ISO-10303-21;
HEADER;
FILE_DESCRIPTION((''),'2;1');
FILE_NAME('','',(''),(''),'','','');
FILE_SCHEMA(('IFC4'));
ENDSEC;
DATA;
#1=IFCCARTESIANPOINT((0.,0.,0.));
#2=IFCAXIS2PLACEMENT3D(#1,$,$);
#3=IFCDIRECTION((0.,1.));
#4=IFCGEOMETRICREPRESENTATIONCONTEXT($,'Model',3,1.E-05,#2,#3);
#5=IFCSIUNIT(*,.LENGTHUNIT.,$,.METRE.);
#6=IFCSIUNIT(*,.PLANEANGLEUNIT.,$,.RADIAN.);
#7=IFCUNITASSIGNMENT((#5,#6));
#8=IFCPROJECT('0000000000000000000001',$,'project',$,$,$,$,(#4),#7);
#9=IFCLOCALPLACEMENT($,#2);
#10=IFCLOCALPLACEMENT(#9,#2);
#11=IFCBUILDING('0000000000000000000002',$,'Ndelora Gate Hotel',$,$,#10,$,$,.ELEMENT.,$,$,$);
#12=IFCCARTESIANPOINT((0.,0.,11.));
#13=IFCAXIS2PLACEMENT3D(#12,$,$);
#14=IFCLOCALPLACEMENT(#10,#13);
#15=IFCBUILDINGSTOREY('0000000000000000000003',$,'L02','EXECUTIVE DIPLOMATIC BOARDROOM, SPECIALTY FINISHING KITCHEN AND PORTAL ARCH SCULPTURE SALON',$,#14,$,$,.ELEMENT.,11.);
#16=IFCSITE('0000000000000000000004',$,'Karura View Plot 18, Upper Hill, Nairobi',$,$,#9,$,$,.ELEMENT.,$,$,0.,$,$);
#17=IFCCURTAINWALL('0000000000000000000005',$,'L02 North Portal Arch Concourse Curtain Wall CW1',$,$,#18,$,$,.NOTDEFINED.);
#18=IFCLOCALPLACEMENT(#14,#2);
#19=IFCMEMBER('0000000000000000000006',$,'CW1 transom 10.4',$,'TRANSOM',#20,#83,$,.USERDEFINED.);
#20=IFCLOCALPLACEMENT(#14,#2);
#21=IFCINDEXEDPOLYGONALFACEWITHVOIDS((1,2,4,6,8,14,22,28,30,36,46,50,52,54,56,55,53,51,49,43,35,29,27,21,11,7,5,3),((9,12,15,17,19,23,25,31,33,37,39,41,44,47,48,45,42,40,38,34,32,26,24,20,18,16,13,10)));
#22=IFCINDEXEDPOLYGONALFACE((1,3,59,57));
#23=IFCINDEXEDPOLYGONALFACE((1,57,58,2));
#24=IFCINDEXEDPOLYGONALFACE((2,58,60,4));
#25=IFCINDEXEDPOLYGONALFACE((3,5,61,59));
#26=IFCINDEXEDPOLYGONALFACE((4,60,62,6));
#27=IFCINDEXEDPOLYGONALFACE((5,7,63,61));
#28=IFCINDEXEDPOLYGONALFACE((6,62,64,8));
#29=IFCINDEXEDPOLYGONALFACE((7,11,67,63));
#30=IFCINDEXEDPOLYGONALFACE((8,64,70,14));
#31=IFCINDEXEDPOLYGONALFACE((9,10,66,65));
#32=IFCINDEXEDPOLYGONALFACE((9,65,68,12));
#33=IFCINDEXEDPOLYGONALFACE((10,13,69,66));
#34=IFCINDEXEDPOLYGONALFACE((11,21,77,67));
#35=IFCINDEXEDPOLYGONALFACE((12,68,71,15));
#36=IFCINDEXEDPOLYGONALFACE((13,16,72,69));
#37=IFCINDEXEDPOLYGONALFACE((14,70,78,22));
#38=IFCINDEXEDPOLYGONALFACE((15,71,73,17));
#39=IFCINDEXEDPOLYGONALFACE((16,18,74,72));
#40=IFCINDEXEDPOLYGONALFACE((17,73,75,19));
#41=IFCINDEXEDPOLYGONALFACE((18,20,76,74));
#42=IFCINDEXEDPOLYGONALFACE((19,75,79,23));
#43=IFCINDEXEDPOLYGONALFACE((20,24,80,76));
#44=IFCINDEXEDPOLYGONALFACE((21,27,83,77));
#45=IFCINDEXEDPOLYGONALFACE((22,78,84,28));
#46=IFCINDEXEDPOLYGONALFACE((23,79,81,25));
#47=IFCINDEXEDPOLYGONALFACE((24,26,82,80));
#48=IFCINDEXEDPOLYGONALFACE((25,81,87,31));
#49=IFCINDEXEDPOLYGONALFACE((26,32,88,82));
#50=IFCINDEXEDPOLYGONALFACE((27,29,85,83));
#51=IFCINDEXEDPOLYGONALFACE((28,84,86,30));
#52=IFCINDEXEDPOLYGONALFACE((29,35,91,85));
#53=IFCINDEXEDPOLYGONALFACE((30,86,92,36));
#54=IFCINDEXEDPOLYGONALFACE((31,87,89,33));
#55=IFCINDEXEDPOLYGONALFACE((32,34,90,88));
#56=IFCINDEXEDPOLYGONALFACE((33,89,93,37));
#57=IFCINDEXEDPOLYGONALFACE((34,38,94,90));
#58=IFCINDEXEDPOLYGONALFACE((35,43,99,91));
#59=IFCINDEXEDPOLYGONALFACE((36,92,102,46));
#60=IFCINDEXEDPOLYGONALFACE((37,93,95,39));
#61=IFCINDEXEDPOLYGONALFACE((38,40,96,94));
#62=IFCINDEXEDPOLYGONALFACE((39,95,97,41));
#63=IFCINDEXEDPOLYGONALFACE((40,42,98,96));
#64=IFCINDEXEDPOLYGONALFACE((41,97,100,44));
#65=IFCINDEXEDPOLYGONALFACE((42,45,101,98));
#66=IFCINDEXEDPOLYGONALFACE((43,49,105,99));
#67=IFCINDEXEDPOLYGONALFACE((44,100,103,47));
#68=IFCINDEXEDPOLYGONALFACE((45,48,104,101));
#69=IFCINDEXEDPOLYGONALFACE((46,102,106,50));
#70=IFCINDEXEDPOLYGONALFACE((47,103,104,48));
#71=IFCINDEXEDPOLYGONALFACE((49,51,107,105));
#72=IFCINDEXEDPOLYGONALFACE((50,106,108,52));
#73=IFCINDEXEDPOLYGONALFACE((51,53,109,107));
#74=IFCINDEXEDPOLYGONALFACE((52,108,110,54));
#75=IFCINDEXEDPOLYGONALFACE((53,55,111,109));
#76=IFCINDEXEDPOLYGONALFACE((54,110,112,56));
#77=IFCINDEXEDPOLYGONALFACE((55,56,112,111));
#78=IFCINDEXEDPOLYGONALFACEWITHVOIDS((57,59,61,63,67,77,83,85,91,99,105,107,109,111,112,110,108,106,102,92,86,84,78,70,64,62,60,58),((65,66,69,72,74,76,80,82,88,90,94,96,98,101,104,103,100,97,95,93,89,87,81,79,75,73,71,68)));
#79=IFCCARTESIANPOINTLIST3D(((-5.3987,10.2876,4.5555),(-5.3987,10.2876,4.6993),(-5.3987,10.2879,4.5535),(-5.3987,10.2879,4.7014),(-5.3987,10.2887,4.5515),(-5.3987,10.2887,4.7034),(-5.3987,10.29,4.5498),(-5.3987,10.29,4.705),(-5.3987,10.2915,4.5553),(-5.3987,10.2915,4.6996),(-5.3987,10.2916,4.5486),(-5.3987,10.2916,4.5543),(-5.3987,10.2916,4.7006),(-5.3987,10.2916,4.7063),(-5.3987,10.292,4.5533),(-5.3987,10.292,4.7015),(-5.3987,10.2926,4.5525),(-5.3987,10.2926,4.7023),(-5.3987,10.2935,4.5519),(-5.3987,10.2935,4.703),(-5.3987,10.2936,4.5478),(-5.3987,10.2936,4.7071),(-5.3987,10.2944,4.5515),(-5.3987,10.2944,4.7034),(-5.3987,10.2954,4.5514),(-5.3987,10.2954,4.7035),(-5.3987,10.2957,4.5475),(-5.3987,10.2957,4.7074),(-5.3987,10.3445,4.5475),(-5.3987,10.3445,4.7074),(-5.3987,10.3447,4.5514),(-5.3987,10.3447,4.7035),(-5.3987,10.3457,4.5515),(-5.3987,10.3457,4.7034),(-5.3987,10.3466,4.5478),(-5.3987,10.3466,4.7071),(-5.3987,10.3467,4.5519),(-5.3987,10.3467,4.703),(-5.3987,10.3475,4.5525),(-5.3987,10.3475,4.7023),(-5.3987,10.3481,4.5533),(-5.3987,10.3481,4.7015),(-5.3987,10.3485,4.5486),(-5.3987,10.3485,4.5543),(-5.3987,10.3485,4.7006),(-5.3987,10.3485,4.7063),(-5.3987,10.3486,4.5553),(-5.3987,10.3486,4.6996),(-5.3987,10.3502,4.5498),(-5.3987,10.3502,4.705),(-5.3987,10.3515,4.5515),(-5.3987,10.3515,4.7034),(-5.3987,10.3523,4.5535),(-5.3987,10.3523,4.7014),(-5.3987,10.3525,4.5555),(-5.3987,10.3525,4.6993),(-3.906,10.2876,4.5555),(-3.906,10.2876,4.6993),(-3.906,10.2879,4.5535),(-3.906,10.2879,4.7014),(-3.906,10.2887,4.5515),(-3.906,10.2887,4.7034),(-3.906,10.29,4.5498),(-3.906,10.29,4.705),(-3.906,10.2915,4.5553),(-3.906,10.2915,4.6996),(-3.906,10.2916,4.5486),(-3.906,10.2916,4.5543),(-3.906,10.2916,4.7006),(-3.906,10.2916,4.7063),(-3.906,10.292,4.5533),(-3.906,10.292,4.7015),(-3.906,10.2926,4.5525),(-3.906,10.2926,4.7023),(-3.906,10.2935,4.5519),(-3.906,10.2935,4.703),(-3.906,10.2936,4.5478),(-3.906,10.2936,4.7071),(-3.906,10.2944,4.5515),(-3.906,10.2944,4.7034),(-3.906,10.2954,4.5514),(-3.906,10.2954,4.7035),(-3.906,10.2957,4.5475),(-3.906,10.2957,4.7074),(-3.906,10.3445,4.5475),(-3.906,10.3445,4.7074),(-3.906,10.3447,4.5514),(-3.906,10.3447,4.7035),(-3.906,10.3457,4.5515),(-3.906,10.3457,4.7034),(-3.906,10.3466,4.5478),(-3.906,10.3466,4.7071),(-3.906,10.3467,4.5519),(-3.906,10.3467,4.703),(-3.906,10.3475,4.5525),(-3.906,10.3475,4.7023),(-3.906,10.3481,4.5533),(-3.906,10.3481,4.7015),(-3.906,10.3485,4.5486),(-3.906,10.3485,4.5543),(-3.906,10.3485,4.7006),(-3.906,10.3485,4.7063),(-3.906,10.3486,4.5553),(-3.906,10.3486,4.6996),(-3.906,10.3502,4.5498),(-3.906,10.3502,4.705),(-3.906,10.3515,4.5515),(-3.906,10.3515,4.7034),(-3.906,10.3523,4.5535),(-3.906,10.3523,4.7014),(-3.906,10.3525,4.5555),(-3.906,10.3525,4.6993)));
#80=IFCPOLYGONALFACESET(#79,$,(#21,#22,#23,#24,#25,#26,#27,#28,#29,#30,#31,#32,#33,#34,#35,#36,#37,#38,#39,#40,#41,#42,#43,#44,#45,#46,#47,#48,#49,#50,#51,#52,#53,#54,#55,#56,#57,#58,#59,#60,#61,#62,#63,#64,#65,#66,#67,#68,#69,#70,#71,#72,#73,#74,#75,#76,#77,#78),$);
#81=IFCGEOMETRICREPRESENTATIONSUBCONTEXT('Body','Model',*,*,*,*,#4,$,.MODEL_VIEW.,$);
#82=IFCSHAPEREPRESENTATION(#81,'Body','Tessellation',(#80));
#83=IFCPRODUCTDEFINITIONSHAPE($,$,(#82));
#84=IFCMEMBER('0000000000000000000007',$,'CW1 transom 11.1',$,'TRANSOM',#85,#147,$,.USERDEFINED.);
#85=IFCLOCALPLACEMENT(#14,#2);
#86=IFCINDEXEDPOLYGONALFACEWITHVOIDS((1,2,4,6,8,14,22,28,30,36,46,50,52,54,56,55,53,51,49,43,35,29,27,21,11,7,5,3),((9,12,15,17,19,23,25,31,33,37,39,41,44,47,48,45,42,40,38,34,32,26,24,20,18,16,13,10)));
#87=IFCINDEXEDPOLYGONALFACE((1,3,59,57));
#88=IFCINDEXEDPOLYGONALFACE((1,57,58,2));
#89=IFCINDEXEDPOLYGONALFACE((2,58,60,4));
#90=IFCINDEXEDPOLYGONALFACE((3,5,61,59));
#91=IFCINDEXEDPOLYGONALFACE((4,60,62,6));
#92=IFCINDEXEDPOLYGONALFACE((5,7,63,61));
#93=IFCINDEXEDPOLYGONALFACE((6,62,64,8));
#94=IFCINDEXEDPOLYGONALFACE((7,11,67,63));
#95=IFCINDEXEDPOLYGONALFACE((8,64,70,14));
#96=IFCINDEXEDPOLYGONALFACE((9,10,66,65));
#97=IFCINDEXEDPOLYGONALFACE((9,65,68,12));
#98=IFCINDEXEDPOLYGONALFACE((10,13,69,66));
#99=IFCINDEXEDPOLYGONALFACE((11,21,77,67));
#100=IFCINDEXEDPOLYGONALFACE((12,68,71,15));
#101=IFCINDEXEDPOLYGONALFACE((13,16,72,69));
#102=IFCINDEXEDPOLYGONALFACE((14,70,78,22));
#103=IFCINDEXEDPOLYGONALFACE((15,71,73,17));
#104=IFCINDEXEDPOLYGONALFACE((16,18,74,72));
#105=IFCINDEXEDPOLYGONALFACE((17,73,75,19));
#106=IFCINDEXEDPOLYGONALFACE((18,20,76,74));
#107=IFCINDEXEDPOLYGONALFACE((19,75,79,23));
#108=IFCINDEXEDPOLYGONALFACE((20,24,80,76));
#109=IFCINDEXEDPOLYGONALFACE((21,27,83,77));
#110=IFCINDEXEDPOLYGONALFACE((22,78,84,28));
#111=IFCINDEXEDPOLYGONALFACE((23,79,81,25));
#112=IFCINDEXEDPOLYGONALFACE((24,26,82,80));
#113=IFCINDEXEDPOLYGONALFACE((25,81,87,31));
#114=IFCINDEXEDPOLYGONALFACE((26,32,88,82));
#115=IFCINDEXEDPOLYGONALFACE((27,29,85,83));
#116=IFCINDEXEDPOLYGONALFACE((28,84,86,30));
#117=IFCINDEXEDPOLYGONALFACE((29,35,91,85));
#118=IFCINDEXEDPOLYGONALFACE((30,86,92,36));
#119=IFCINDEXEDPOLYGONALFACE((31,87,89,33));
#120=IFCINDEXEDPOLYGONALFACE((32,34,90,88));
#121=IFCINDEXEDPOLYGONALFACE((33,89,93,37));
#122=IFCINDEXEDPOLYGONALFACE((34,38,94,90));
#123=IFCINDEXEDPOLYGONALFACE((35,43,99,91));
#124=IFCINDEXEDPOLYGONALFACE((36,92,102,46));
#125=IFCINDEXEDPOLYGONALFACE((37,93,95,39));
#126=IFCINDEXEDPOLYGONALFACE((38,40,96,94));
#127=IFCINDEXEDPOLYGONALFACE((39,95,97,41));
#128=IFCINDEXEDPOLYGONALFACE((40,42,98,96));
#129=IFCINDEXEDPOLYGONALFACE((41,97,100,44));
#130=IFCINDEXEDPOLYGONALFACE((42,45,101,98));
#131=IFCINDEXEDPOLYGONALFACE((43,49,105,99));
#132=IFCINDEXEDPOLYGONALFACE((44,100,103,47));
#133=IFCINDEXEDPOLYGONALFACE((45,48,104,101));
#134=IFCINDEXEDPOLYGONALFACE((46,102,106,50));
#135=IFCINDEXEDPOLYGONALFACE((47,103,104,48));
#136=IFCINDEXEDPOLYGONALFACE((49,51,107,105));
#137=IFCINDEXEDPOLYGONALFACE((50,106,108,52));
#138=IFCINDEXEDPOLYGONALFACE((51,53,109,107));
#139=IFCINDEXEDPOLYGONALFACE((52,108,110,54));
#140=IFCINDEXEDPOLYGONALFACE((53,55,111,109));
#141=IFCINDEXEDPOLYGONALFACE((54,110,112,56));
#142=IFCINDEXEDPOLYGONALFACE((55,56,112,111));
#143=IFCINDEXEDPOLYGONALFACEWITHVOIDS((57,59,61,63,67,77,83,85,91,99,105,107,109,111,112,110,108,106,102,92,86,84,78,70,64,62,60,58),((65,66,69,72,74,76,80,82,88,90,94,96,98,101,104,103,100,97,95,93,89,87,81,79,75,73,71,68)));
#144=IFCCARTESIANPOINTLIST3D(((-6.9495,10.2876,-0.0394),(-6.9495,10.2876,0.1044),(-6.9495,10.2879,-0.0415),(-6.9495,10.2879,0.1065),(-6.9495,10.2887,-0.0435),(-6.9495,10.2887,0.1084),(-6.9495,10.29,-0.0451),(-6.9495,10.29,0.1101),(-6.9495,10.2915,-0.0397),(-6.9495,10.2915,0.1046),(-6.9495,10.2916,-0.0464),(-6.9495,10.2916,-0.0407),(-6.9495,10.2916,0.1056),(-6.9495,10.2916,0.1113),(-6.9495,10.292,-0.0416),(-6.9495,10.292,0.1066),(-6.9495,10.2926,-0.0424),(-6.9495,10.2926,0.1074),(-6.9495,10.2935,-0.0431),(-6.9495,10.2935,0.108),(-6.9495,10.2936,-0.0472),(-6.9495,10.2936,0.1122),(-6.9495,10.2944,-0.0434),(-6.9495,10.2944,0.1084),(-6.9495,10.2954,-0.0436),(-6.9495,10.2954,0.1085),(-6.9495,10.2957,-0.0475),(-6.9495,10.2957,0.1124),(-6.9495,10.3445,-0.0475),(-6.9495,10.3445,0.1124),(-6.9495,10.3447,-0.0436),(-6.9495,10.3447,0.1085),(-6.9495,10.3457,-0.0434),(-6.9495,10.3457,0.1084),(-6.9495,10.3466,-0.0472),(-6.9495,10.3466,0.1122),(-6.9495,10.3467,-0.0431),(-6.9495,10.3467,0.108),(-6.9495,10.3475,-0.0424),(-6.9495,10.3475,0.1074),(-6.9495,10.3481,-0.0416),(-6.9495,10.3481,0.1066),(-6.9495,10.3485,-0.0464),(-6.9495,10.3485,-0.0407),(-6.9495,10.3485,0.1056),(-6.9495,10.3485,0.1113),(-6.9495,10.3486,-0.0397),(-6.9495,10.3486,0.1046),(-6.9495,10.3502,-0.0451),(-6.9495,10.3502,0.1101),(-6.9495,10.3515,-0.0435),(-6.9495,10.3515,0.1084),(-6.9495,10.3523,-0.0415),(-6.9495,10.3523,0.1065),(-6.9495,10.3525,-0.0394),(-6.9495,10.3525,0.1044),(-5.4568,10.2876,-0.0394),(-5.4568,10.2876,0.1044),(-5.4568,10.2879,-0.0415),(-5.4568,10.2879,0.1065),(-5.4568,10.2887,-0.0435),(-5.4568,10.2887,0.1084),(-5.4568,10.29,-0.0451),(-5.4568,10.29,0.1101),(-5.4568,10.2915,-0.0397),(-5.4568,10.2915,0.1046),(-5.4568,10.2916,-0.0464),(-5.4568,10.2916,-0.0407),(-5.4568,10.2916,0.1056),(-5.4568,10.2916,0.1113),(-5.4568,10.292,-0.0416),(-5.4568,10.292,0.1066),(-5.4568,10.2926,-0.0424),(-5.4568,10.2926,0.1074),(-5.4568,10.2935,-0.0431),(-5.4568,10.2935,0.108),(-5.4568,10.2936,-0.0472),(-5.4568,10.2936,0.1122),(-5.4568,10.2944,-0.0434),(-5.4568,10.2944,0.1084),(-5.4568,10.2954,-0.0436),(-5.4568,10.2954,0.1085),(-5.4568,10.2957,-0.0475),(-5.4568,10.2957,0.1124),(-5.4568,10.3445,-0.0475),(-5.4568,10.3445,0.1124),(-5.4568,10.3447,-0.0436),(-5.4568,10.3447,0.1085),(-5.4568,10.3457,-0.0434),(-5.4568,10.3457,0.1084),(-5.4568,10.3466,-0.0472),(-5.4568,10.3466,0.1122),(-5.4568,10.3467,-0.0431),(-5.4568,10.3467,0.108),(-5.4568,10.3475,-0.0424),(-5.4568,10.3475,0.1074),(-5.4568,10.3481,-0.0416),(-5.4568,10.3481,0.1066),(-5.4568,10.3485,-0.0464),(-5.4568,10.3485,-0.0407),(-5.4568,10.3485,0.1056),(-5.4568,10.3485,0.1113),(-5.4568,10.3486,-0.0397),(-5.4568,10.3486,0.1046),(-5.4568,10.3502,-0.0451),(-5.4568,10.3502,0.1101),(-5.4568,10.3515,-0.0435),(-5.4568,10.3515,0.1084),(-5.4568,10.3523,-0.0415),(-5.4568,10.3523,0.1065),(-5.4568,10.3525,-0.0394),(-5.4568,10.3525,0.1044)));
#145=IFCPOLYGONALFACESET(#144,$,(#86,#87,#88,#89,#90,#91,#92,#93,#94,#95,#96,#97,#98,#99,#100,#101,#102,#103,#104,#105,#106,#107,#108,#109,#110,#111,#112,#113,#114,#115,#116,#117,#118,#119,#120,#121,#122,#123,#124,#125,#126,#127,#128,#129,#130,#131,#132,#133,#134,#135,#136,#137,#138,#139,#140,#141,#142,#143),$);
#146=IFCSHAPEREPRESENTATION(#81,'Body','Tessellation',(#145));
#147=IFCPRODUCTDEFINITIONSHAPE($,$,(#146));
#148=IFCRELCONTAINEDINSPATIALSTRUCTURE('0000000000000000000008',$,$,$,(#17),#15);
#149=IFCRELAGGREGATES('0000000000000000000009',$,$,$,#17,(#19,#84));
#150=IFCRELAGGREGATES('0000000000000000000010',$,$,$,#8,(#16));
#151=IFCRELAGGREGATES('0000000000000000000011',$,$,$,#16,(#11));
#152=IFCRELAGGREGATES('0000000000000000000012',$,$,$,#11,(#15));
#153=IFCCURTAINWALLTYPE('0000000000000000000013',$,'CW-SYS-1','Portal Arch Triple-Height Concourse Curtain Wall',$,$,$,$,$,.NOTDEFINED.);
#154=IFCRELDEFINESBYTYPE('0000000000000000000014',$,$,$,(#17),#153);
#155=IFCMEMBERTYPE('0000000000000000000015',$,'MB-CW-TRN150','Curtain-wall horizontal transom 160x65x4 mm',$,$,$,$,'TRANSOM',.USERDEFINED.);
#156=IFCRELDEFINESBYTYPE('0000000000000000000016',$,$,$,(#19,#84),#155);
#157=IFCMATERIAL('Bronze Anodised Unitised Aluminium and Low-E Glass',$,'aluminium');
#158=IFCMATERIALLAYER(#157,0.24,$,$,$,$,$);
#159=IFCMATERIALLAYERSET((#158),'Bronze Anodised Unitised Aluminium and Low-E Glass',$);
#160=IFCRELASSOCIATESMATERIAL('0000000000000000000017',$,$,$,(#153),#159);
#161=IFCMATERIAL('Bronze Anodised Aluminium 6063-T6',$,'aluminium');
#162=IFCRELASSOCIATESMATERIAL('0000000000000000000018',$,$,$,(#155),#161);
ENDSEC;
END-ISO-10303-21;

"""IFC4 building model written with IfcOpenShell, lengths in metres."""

from ifc_helpers import new_model, si_unit, direction, frame, origin, origin_2d, place, context, subcontext, project, spatial, hollow_rectangle, extrude, material, layer, layer_set, material_profile, profile_set, type_object, element, aggregate, save


model = new_model("IFC4")

# Units and contexts
model_context = context("Model", 3, precision=1e-05, world=origin(), true_north=direction((0.0, 1.0)))
body_context = subcontext(model_context, "Body", "Model", "MODEL_VIEW")
ifc_project = project(units=[si_unit("LENGTHUNIT", "METRE"), si_unit("PLANEANGLEUNIT", "RADIAN")], contexts=[model_context])

# Site, building, storey
site_placement = place(None, origin())
site = spatial("IfcSite", under=ifc_project, at=site_placement, Name="Karura View Plot 18, Upper Hill, Nairobi", CompositionType="ELEMENT", RefElevation=0.0)
building_placement = place(site_placement, origin())
building = spatial("IfcBuilding", under=site, at=building_placement, Name="Ndelora Gate Hotel", CompositionType="ELEMENT")
storey_placement = place(building_placement, frame((0.0, 0.0, 11.0)))
storey = spatial("IfcBuildingStorey", under=building, at=storey_placement, Name="L02", Description="EXECUTIVE DIPLOMATIC BOARDROOM, SPECIALTY FINISHING KITCHEN AND PORTAL ARCH SCULPTURE SALON", CompositionType="ELEMENT", Elevation=11.0)

# Curtain wall, members
ifc_material_1 = material(Name="Bronze Anodised Unitised Aluminium and Low-E Glass", Category="aluminium")
ifc_layer_1 = layer(ifc_material_1, 0.24)
ifc_layer_set_1 = layer_set([ifc_layer_1], Name="Bronze Anodised Unitised Aluminium and Low-E Glass")
curtain_wall_type = type_object("IfcCurtainWallType", Name="CW-SYS-1", Description="Portal Arch Triple-Height Concourse Curtain Wall", PredefinedType="NOTDEFINED", material=ifc_layer_set_1)
curtain_wall_placement = place(storey_placement, origin())
curtain_wall = element("IfcCurtainWall", 1, at=curtain_wall_placement, inside=storey, type_object=curtain_wall_type, Name="L02 North Portal Arch Concourse Curtain Wall CW1", PredefinedType="NOTDEFINED")
ifc_material_2 = material(Name="Bronze Anodised Aluminium 6063-T6", Category="aluminium")
ifc_material_profile_1 = material_profile(ifc_material_2, hollow_rectangle(XDim=0.0649, YDim=0.1599, WallThickness=0.0039, InnerFilletRadius=0.0039, OuterFilletRadius=0.0081, at=origin_2d()), Name="ALU 160x65x4")
ifc_profile_set_1 = profile_set([ifc_material_profile_1], Name="Bronze Anodised Aluminium 6063-T6")
member_type_1 = type_object("IfcMemberType", Name="MB-CW-TRN150", Description="Curtain-wall horizontal transom 160x65x4 mm", ElementType="TRANSOM", PredefinedType="USERDEFINED", material=ifc_profile_set_1)
member_1_placement = place(storey_placement, frame((-3.906, 10.3201, 4.6274), z_axis=(-1.0, 0.0, 0.0), x_axis=(0.0, -1.0, 0.0)))
member_1 = element("IfcMember", 2, at=member_1_placement, type_object=member_type_1, Name="CW1 transom 10.4", ObjectType="TRANSOM", PredefinedType="USERDEFINED", context=body_context, shape_type="SweptSolid", body=[
    extrude(hollow_rectangle(XDim=0.0649, YDim=0.1599, WallThickness=0.0039, InnerFilletRadius=0.0039, OuterFilletRadius=0.0081, at=origin_2d()), origin(), (0.0, 0.0, 1.0), 1.4927),
])
member_2_placement = place(storey_placement, frame((-5.4568, 10.3201, 0.0325), z_axis=(-1.0, 0.0, 0.0), x_axis=(0.0, -1.0, 0.0)))
member_2 = element("IfcMember", 3, at=member_2_placement, type_object=member_type_1, Name="CW1 transom 11.1", ObjectType="TRANSOM", PredefinedType="USERDEFINED", context=body_context, shape_type="SweptSolid", body=[
    extrude(hollow_rectangle(XDim=0.0649, YDim=0.1599, WallThickness=0.0039, InnerFilletRadius=0.0039, OuterFilletRadius=0.0081, at=origin_2d()), origin(), (0.0, 0.0, 1.0), 1.4927),
])
aggregate(curtain_wall, [member_1, member_2])

save(model, "model.ifc")
